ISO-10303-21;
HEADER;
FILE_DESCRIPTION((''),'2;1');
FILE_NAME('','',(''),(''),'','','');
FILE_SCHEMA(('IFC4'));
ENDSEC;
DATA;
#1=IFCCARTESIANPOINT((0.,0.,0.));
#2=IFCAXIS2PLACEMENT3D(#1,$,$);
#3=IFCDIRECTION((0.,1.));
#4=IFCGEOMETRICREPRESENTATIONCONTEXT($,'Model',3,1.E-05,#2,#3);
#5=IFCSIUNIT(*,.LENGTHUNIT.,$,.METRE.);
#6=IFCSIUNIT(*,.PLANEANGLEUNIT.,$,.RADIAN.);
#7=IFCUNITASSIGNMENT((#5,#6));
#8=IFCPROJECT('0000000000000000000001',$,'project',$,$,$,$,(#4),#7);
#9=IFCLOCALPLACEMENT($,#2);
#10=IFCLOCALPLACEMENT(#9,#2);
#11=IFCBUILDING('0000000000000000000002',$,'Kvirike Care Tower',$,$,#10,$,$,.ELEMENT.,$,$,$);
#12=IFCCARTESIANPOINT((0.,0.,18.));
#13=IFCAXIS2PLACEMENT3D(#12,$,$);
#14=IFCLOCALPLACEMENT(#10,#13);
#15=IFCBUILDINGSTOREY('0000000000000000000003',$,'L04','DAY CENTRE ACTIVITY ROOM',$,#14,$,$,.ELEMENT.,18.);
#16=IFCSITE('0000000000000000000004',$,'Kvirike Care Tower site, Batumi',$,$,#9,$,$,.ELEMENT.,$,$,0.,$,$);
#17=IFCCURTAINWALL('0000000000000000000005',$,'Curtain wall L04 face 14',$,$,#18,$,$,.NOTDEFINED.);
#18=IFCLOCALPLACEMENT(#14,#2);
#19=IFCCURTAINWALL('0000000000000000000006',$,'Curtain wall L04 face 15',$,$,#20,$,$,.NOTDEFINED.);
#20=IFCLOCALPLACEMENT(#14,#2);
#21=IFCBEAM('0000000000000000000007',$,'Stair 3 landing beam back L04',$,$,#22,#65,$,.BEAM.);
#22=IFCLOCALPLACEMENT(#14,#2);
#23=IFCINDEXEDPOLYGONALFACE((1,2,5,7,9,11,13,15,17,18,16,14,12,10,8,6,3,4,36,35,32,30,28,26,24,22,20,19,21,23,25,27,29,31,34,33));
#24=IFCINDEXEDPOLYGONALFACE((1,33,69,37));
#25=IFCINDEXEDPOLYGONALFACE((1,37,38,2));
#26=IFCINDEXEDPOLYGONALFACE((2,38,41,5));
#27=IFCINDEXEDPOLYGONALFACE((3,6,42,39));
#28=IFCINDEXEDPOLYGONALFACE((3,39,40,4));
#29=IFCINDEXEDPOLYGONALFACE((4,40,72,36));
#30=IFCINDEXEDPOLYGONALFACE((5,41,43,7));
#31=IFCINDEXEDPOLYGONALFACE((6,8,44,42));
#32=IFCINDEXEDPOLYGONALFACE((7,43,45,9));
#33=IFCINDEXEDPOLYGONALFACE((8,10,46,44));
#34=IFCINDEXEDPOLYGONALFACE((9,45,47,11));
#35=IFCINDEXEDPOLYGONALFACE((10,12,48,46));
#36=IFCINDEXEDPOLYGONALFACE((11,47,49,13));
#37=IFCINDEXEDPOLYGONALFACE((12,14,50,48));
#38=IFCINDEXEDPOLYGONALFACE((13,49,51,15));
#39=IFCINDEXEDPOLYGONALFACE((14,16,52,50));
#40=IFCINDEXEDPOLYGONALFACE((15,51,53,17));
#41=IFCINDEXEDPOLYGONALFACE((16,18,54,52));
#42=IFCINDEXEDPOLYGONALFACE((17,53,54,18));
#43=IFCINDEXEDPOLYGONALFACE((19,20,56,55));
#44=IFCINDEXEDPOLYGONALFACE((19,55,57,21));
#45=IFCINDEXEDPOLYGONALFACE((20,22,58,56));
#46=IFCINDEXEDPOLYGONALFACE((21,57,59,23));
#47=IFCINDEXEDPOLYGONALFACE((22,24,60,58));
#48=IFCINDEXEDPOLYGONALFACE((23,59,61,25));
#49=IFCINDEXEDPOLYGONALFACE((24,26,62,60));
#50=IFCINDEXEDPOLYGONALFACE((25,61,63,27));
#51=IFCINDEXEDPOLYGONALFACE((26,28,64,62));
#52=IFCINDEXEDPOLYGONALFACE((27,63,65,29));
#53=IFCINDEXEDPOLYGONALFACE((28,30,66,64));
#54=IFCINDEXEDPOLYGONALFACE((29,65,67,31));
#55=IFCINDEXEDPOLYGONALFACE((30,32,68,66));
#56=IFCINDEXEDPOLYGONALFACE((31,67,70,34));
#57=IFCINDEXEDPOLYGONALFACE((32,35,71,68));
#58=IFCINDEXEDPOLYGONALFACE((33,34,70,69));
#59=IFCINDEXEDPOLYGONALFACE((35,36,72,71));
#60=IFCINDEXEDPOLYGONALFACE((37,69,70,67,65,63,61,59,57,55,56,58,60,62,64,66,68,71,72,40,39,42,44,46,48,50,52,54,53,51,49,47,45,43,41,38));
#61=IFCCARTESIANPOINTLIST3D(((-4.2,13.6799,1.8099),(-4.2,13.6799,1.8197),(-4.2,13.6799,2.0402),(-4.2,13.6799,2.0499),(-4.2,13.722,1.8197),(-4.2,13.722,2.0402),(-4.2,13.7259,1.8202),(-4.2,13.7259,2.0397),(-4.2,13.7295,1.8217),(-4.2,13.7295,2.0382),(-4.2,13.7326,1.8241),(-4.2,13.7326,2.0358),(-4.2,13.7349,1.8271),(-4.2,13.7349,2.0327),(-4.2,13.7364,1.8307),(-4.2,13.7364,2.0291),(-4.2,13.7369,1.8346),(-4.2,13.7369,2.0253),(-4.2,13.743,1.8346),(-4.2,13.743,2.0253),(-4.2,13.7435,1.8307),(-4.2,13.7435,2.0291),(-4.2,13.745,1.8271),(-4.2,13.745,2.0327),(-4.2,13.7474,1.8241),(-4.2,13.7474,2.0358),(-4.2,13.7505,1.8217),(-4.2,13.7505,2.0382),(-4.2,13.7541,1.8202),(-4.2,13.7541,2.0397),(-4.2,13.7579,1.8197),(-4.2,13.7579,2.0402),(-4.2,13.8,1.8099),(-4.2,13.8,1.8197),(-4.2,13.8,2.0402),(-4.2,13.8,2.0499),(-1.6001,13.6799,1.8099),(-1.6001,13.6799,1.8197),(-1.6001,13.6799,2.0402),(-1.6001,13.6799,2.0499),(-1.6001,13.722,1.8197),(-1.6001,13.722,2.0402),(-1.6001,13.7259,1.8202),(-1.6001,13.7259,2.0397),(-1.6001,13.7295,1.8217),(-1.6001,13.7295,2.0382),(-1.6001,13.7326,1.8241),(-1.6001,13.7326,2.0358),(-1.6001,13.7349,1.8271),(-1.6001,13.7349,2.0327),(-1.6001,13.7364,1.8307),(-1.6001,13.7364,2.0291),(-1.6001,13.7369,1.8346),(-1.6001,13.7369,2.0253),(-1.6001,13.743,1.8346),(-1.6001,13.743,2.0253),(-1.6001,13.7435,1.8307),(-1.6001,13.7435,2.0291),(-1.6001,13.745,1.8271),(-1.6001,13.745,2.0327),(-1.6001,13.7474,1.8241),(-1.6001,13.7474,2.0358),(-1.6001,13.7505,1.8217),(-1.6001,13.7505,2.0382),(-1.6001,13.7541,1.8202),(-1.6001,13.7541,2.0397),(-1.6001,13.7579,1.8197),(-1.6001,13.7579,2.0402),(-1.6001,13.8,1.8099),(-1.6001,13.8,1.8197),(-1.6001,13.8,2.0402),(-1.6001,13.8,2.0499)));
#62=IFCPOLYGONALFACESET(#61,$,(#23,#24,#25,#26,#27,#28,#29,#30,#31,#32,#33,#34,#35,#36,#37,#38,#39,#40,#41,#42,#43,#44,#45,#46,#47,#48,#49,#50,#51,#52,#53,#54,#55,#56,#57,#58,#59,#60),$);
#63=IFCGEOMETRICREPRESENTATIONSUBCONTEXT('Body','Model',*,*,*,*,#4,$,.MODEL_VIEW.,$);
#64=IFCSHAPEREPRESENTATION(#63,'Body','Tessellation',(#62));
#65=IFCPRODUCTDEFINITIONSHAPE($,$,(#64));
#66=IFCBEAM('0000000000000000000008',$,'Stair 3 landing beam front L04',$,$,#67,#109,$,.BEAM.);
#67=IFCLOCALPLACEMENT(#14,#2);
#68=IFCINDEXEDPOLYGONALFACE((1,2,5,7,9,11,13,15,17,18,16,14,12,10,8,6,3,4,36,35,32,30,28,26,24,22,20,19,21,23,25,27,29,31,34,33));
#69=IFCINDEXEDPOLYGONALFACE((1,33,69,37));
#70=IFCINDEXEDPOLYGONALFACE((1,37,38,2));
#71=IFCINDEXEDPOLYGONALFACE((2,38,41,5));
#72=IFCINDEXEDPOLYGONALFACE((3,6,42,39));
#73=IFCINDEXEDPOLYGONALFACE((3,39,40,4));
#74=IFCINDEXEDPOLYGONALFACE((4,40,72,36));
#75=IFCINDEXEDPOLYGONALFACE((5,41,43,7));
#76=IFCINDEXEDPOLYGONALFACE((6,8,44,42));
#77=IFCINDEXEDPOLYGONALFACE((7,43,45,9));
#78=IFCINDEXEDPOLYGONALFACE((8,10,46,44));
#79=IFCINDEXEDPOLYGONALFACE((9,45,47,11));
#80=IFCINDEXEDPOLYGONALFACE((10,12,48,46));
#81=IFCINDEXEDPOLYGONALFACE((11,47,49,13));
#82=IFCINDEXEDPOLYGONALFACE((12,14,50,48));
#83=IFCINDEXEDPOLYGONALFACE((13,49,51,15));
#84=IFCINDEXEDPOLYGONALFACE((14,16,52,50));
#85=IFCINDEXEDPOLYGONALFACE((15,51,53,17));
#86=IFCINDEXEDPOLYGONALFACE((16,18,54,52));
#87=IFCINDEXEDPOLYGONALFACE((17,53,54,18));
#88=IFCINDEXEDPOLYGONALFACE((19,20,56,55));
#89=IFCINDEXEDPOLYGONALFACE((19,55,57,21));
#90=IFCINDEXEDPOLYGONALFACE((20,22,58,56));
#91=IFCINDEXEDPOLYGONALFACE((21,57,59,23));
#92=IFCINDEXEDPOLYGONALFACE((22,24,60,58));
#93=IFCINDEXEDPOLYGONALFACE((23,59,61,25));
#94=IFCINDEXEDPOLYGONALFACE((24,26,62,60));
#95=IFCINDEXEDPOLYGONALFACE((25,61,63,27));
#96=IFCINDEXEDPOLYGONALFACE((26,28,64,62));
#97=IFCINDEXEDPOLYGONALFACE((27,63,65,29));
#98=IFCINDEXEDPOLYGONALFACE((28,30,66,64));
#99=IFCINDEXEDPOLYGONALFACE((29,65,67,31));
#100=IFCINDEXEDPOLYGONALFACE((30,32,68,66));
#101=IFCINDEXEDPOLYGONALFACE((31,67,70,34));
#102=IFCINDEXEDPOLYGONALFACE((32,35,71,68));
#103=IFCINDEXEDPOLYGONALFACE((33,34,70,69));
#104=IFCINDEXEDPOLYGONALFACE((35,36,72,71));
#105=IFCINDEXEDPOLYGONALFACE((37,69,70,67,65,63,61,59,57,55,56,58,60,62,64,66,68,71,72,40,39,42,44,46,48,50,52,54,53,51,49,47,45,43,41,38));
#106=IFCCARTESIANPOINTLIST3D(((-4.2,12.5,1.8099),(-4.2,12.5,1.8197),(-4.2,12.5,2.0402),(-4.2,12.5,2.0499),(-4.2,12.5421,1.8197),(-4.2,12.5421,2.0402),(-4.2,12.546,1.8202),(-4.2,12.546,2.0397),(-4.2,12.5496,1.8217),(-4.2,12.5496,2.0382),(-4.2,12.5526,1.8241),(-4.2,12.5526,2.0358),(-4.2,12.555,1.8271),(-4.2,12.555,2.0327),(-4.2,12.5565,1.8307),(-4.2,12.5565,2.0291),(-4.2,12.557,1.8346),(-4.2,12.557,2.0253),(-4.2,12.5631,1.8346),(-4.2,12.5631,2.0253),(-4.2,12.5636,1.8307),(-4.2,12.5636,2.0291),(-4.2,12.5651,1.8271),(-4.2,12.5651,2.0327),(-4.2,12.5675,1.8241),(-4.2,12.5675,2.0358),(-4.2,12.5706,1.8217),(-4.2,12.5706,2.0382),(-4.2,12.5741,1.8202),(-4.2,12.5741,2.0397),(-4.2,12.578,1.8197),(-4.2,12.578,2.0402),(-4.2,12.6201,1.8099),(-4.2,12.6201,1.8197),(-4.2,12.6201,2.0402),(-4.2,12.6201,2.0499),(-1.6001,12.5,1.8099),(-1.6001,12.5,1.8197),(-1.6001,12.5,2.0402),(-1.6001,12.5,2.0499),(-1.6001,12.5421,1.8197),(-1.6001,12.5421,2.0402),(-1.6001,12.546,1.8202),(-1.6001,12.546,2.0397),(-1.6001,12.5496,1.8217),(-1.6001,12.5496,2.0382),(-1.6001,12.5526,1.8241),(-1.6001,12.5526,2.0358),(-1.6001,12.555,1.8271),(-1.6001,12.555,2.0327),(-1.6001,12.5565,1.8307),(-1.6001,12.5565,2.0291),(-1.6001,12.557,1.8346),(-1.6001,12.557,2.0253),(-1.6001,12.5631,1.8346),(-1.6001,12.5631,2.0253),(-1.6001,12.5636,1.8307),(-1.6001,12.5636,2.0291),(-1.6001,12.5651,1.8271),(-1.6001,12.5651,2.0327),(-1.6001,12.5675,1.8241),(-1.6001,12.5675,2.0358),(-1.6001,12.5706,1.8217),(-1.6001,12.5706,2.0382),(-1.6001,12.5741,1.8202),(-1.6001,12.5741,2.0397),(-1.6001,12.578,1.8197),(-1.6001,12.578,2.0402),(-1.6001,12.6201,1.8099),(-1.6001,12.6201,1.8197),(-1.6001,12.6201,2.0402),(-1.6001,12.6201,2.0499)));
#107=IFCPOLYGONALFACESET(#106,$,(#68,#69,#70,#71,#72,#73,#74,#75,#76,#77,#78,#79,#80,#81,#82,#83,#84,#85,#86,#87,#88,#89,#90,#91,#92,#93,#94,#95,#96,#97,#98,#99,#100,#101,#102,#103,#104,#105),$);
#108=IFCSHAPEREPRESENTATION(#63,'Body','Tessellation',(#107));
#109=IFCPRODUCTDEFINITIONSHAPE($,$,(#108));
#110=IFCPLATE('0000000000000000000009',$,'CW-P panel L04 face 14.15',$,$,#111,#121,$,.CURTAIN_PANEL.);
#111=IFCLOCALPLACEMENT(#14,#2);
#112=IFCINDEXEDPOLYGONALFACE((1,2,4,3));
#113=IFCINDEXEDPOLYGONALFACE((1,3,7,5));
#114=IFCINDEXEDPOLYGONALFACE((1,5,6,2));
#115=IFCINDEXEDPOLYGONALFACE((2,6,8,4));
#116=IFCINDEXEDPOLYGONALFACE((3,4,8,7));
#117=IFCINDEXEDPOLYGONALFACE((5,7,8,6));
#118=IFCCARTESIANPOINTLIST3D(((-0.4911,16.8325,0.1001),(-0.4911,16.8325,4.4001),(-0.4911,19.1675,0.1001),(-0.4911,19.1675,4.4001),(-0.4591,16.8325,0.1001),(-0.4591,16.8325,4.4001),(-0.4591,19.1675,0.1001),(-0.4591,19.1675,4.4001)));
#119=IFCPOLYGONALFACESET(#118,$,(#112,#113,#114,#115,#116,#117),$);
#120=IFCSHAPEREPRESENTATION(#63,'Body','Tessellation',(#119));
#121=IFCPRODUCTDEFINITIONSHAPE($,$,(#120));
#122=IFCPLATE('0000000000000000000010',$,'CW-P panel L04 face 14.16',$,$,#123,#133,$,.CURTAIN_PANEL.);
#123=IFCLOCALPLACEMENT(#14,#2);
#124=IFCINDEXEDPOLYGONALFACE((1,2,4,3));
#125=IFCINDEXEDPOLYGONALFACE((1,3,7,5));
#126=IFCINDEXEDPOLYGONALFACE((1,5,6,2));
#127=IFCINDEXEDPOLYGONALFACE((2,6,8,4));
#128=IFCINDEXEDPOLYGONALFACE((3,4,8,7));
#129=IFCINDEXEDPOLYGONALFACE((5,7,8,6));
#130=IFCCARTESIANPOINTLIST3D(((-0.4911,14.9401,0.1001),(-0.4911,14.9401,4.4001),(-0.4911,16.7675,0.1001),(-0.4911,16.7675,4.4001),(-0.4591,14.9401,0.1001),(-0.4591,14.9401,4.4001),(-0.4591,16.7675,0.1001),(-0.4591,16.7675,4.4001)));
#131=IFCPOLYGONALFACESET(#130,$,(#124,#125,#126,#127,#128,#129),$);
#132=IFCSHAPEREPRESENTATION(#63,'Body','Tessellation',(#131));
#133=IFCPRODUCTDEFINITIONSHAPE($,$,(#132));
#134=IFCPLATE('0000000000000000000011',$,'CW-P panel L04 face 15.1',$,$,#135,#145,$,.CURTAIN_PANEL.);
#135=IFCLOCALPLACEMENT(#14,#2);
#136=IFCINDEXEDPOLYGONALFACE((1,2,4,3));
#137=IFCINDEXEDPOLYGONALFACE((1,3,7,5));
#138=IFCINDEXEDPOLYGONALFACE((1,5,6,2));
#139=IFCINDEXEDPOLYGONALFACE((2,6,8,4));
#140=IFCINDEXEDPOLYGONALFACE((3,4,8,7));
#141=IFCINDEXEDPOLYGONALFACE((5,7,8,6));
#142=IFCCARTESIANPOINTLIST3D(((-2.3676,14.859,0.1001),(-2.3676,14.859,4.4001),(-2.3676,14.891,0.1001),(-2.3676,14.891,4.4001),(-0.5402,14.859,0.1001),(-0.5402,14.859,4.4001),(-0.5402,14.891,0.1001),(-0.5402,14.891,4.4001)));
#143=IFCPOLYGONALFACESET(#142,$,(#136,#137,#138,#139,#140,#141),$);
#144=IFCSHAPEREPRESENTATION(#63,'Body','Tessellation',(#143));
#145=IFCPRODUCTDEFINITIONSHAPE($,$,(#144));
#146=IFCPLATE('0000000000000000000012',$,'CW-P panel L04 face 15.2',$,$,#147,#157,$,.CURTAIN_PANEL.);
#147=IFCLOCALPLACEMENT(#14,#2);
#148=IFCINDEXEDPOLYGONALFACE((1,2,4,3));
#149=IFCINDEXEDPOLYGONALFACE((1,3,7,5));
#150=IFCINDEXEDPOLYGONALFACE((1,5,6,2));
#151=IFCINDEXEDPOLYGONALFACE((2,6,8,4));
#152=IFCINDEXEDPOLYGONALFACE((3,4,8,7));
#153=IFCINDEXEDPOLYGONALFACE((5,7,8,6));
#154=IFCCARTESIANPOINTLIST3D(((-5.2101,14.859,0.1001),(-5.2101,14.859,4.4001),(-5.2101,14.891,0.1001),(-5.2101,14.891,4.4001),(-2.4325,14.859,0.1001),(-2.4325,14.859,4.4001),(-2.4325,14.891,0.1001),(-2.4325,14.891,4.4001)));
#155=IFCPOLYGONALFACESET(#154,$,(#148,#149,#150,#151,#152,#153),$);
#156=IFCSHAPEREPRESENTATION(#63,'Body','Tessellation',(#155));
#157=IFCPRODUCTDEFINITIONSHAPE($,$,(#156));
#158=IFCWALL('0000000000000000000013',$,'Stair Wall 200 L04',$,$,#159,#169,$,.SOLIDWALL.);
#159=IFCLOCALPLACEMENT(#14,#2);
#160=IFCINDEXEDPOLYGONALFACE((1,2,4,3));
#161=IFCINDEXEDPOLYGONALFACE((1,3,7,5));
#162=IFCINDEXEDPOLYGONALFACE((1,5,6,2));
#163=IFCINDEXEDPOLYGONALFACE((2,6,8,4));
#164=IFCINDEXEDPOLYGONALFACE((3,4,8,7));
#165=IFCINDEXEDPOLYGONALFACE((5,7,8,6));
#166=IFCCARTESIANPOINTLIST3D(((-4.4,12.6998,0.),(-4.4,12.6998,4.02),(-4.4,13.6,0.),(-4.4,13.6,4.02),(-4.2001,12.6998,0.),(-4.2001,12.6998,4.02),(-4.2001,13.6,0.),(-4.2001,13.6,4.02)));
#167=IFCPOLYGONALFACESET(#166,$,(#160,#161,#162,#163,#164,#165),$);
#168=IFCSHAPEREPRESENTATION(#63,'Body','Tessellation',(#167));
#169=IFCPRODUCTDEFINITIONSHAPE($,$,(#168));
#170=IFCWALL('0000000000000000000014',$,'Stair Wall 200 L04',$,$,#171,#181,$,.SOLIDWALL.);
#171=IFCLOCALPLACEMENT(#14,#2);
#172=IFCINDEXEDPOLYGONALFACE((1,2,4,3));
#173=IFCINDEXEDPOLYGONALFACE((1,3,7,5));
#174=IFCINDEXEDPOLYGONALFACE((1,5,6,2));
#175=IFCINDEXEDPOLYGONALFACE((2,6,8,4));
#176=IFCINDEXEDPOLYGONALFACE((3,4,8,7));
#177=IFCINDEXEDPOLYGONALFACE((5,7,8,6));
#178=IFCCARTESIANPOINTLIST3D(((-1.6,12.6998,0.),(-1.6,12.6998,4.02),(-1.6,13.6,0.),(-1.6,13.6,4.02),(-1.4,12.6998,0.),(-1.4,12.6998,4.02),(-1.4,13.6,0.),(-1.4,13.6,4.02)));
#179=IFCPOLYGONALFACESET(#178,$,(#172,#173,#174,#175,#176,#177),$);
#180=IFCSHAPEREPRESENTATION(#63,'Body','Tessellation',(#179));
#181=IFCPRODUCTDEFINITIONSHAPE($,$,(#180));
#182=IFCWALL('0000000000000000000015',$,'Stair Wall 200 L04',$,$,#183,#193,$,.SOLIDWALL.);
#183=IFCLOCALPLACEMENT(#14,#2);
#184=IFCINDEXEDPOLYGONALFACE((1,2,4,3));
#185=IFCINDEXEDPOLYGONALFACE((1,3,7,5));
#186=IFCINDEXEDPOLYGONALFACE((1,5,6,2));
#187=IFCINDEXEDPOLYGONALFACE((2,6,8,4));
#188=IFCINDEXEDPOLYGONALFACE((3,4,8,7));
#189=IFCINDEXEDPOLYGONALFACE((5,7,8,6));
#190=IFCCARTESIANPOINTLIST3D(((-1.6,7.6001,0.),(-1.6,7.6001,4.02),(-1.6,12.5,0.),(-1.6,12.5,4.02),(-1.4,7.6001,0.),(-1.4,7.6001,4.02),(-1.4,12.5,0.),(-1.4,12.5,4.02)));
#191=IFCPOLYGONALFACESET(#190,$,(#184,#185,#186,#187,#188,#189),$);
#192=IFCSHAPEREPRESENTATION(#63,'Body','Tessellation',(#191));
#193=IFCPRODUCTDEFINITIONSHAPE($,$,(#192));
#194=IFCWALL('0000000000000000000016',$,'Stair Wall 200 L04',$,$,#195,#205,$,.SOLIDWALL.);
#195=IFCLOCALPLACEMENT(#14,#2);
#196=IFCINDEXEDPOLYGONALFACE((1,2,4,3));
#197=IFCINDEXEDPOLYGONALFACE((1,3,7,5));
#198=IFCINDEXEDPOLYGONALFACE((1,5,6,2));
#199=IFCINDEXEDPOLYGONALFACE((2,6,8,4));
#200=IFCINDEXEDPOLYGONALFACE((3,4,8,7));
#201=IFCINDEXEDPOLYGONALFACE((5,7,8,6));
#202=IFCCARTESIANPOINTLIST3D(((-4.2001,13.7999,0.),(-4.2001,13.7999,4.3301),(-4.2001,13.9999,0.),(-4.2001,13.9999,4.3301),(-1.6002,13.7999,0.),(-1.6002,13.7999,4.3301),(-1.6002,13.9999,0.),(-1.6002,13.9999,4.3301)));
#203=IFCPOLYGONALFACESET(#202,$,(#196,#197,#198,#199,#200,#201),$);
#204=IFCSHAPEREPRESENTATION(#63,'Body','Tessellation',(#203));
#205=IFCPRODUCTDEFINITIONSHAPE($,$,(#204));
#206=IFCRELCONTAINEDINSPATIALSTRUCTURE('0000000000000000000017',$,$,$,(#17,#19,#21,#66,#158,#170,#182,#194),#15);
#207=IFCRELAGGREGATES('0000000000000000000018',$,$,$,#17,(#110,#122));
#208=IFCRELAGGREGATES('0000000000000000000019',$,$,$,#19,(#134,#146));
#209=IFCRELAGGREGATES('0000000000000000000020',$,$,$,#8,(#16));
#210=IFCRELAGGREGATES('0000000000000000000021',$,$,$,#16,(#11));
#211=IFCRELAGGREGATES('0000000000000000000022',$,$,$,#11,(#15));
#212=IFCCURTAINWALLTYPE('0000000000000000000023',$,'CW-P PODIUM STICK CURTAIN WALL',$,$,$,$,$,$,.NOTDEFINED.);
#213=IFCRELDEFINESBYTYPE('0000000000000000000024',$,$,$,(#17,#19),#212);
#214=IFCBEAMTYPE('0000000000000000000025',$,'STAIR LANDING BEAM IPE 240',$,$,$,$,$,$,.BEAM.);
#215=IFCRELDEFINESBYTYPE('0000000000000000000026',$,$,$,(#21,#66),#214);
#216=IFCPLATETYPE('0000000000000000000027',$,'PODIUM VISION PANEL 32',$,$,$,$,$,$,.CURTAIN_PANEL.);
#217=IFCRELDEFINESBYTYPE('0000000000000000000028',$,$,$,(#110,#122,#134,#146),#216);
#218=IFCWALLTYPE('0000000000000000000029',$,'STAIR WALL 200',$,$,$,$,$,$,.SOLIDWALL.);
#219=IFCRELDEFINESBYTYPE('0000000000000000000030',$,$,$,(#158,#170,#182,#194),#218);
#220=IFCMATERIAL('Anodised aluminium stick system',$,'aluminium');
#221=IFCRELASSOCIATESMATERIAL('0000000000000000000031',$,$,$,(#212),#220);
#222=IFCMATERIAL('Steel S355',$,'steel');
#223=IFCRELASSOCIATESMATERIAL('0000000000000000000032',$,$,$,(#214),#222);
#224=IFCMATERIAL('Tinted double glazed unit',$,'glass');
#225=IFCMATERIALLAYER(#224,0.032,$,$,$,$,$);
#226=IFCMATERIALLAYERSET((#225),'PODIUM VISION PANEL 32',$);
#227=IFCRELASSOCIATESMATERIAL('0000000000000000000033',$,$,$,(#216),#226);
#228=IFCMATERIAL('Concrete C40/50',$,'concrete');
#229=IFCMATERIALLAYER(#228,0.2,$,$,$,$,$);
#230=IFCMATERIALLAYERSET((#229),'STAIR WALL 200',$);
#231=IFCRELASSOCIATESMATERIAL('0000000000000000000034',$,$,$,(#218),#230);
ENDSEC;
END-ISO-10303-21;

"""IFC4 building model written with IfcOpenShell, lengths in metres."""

from ifc_helpers import new_model, si_unit, direction, frame, frame_2d, origin, origin_2d, place, context, subcontext, project, spatial, rectangle, i_section, extrude, material, layer, layer_set, material_profile, profile_set, type_object, element, aggregate, save


model = new_model("IFC4")

# Units and contexts
model_context = context("Model", 3, precision=1e-05, world=origin(), true_north=direction((0.0, 1.0)))
body_context = subcontext(model_context, "Body", "Model", "MODEL_VIEW")
ifc_project = project(units=[si_unit("LENGTHUNIT", "METRE"), si_unit("PLANEANGLEUNIT", "RADIAN")], contexts=[model_context])

# Site, building, storey
site_placement = place(None, origin())
site = spatial("IfcSite", under=ifc_project, at=site_placement, Name="Kvirike Care Tower site, Batumi", CompositionType="ELEMENT", RefElevation=0.0)
building_placement = place(site_placement, origin())
building = spatial("IfcBuilding", under=site, at=building_placement, Name="Kvirike Care Tower", CompositionType="ELEMENT")
storey_placement = place(building_placement, frame((0.0, 0.0, 18.0)))
storey = spatial("IfcBuildingStorey", under=building, at=storey_placement, Name="L04", Description="DAY CENTRE ACTIVITY ROOM", CompositionType="ELEMENT", Elevation=18.0)

# Curtain walls
ifc_material_1 = material(Name="Anodised aluminium stick system", Category="aluminium")
curtain_wall_type = type_object("IfcCurtainWallType", Name="CW-P PODIUM STICK CURTAIN WALL", PredefinedType="NOTDEFINED", material=ifc_material_1)
curtain_wall_1_placement = place(storey_placement, origin())
curtain_wall_1 = element("IfcCurtainWall", 1, at=curtain_wall_1_placement, inside=storey, type_object=curtain_wall_type, Name="Curtain wall L04 face 14", PredefinedType="NOTDEFINED")
curtain_wall_2_placement = place(storey_placement, origin())
curtain_wall_2 = element("IfcCurtainWall", 2, at=curtain_wall_2_placement, inside=storey, type_object=curtain_wall_type, Name="Curtain wall L04 face 15", PredefinedType="NOTDEFINED")

# Beams
ifc_material_2 = material(Name="Steel S355", Category="steel")
ifc_material_profile_1 = material_profile(ifc_material_2, i_section(OverallWidth=0.1201, OverallDepth=0.24, WebThickness=0.0061, FlangeThickness=0.0098, FilletRadius=0.0149, at=origin_2d()), Name="IPE 240")
ifc_profile_set_1 = profile_set([ifc_material_profile_1], Name="Steel S355")
beam_type = type_object("IfcBeamType", Name="STAIR LANDING BEAM IPE 240", PredefinedType="BEAM", material=ifc_profile_set_1)
for number, where, z_axis, x_axis, name in (
    (3, (-4.2, 13.74, 1.9299), (1.0, 0.0, 0.0), (0.0, 1.0, 0.0), "Stair 3 landing beam back L04"),
    (4, (-4.2, 12.5601, 1.9299), (1.0, 0.0, 0.0), (0.0, 1.0, 0.0), "Stair 3 landing beam front L04"),
):
    element("IfcBeam", number, at=place(storey_placement, frame(where, z_axis=z_axis, x_axis=x_axis)), inside=storey, type_object=beam_type, Name=name, PredefinedType="BEAM", context=body_context, shape_type="SweptSolid", body=[
        extrude(i_section(OverallWidth=0.1201, OverallDepth=0.24, WebThickness=0.0061, FlangeThickness=0.0098, FilletRadius=0.0149, at=origin_2d()), origin(), (0.0, 0.0, 1.0), 2.5999),
    ])

# Plates
ifc_material_3 = material(Name="Tinted double glazed unit", Category="glass")
ifc_layer_1 = layer(ifc_material_3, 0.032)
ifc_layer_set_1 = layer_set([ifc_layer_1], Name="PODIUM VISION PANEL 32")
plate_type = type_object("IfcPlateType", Name="PODIUM VISION PANEL 32", PredefinedType="CURTAIN_PANEL", material=ifc_layer_set_1)
plate_1_placement = place(storey_placement, frame((-0.4751, 18.0, 0.1001), z_axis=(0.0, 0.0, 1.0), x_axis=(0.0, -1.0, 0.0)))
plate_1 = element("IfcPlate", 5, at=plate_1_placement, type_object=plate_type, Name="CW-P panel L04 face 14.15", PredefinedType="CURTAIN_PANEL", context=body_context, shape_type="SweptSolid", body=[
    extrude(rectangle(XDim=2.335, YDim=0.032, at=origin_2d()), origin(), (0.0, 0.0, 1.0), 4.3),
])
plate_2_placement = place(storey_placement, frame((-0.4751, 15.8538, 0.1001), z_axis=(0.0, 0.0, 1.0), x_axis=(0.0, -1.0, 0.0)))
plate_2 = element("IfcPlate", 6, at=plate_2_placement, type_object=plate_type, Name="CW-P panel L04 face 14.16", PredefinedType="CURTAIN_PANEL", context=body_context, shape_type="SweptSolid", body=[
    extrude(rectangle(XDim=1.8274, YDim=0.032, at=origin_2d()), origin(), (0.0, 0.0, 1.0), 4.3),
])
aggregate(curtain_wall_1, [plate_1, plate_2])
plate_3_placement = place(storey_placement, frame((-1.4539, 14.875, 0.1001), z_axis=(0.0, 0.0, 1.0), x_axis=(-1.0, 0.0, 0.0)))
plate_3 = element("IfcPlate", 7, at=plate_3_placement, type_object=plate_type, Name="CW-P panel L04 face 15.1", PredefinedType="CURTAIN_PANEL", context=body_context, shape_type="SweptSolid", body=[
    extrude(rectangle(XDim=1.8274, YDim=0.032, at=origin_2d()), origin(), (0.0, 0.0, 1.0), 4.3),
])
plate_4_placement = place(storey_placement, frame((-3.8213, 14.875, 0.1001), z_axis=(0.0, 0.0, 1.0), x_axis=(-1.0, 0.0, 0.0)))
plate_4 = element("IfcPlate", 8, at=plate_4_placement, type_object=plate_type, Name="CW-P panel L04 face 15.2", PredefinedType="CURTAIN_PANEL", context=body_context, shape_type="SweptSolid", body=[
    extrude(rectangle(XDim=2.7776, YDim=0.032, at=origin_2d()), origin(), (0.0, 0.0, 1.0), 4.3),
])
aggregate(curtain_wall_2, [plate_3, plate_4])

# Walls
ifc_material_4 = material(Name="Concrete C40/50", Category="concrete")
ifc_layer_2 = layer(ifc_material_4, 0.2)
ifc_layer_set_2 = layer_set([ifc_layer_2], Name="STAIR WALL 200")
wall_type = type_object("IfcWallType", Name="STAIR WALL 200", PredefinedType="SOLIDWALL", material=ifc_layer_set_2)
for number, where, z_axis, x_axis, name in (
    (9, (-4.3, 13.6001, 0.0), (0.0, 0.0, 1.0), (0.0, -1.0, 0.0), "Stair Wall 200 L04"),
    (10, (-1.5, 13.6001, 0.0), (0.0, 0.0, 1.0), (0.0, -1.0, 0.0), "Stair Wall 200 L04"),
):
    element("IfcWall", number, at=place(storey_placement, frame(where, z_axis=z_axis, x_axis=x_axis)), inside=storey, type_object=wall_type, Name=name, PredefinedType="SOLIDWALL", context=body_context, shape_type="SweptSolid", body=[
        extrude(rectangle(XDim=0.9001, YDim=0.2, at=frame_2d((0.4502, 0.0))), origin(), (0.0, 0.0, 1.0), 4.02),
    ])
wall_1_placement = place(storey_placement, frame((-1.5, 12.5, 0.0), z_axis=(0.0, 0.0, 1.0), x_axis=(0.0, -1.0, 0.0)))
element("IfcWall", 11, at=wall_1_placement, inside=storey, type_object=wall_type, Name="Stair Wall 200 L04", PredefinedType="SOLIDWALL", context=body_context, shape_type="SweptSolid", body=[
    extrude(rectangle(XDim=4.8999, YDim=0.2, at=frame_2d((2.45, 0.0))), origin(), (0.0, 0.0, 1.0), 4.02),
])
wall_2_placement = place(storey_placement, frame((-4.2, 13.8999, 0.0), z_axis=(0.0, 0.0, 1.0), x_axis=(1.0, 0.0, 0.0)))
element("IfcWall", 12, at=wall_2_placement, inside=storey, type_object=wall_type, Name="Stair Wall 200 L04", PredefinedType="SOLIDWALL", context=body_context, shape_type="SweptSolid", body=[
    extrude(rectangle(XDim=2.5999, YDim=0.2, at=frame_2d((1.2998, 0.0))), origin(), (0.0, 0.0, 1.0), 4.3301),
])

save(model, "model.ifc")
